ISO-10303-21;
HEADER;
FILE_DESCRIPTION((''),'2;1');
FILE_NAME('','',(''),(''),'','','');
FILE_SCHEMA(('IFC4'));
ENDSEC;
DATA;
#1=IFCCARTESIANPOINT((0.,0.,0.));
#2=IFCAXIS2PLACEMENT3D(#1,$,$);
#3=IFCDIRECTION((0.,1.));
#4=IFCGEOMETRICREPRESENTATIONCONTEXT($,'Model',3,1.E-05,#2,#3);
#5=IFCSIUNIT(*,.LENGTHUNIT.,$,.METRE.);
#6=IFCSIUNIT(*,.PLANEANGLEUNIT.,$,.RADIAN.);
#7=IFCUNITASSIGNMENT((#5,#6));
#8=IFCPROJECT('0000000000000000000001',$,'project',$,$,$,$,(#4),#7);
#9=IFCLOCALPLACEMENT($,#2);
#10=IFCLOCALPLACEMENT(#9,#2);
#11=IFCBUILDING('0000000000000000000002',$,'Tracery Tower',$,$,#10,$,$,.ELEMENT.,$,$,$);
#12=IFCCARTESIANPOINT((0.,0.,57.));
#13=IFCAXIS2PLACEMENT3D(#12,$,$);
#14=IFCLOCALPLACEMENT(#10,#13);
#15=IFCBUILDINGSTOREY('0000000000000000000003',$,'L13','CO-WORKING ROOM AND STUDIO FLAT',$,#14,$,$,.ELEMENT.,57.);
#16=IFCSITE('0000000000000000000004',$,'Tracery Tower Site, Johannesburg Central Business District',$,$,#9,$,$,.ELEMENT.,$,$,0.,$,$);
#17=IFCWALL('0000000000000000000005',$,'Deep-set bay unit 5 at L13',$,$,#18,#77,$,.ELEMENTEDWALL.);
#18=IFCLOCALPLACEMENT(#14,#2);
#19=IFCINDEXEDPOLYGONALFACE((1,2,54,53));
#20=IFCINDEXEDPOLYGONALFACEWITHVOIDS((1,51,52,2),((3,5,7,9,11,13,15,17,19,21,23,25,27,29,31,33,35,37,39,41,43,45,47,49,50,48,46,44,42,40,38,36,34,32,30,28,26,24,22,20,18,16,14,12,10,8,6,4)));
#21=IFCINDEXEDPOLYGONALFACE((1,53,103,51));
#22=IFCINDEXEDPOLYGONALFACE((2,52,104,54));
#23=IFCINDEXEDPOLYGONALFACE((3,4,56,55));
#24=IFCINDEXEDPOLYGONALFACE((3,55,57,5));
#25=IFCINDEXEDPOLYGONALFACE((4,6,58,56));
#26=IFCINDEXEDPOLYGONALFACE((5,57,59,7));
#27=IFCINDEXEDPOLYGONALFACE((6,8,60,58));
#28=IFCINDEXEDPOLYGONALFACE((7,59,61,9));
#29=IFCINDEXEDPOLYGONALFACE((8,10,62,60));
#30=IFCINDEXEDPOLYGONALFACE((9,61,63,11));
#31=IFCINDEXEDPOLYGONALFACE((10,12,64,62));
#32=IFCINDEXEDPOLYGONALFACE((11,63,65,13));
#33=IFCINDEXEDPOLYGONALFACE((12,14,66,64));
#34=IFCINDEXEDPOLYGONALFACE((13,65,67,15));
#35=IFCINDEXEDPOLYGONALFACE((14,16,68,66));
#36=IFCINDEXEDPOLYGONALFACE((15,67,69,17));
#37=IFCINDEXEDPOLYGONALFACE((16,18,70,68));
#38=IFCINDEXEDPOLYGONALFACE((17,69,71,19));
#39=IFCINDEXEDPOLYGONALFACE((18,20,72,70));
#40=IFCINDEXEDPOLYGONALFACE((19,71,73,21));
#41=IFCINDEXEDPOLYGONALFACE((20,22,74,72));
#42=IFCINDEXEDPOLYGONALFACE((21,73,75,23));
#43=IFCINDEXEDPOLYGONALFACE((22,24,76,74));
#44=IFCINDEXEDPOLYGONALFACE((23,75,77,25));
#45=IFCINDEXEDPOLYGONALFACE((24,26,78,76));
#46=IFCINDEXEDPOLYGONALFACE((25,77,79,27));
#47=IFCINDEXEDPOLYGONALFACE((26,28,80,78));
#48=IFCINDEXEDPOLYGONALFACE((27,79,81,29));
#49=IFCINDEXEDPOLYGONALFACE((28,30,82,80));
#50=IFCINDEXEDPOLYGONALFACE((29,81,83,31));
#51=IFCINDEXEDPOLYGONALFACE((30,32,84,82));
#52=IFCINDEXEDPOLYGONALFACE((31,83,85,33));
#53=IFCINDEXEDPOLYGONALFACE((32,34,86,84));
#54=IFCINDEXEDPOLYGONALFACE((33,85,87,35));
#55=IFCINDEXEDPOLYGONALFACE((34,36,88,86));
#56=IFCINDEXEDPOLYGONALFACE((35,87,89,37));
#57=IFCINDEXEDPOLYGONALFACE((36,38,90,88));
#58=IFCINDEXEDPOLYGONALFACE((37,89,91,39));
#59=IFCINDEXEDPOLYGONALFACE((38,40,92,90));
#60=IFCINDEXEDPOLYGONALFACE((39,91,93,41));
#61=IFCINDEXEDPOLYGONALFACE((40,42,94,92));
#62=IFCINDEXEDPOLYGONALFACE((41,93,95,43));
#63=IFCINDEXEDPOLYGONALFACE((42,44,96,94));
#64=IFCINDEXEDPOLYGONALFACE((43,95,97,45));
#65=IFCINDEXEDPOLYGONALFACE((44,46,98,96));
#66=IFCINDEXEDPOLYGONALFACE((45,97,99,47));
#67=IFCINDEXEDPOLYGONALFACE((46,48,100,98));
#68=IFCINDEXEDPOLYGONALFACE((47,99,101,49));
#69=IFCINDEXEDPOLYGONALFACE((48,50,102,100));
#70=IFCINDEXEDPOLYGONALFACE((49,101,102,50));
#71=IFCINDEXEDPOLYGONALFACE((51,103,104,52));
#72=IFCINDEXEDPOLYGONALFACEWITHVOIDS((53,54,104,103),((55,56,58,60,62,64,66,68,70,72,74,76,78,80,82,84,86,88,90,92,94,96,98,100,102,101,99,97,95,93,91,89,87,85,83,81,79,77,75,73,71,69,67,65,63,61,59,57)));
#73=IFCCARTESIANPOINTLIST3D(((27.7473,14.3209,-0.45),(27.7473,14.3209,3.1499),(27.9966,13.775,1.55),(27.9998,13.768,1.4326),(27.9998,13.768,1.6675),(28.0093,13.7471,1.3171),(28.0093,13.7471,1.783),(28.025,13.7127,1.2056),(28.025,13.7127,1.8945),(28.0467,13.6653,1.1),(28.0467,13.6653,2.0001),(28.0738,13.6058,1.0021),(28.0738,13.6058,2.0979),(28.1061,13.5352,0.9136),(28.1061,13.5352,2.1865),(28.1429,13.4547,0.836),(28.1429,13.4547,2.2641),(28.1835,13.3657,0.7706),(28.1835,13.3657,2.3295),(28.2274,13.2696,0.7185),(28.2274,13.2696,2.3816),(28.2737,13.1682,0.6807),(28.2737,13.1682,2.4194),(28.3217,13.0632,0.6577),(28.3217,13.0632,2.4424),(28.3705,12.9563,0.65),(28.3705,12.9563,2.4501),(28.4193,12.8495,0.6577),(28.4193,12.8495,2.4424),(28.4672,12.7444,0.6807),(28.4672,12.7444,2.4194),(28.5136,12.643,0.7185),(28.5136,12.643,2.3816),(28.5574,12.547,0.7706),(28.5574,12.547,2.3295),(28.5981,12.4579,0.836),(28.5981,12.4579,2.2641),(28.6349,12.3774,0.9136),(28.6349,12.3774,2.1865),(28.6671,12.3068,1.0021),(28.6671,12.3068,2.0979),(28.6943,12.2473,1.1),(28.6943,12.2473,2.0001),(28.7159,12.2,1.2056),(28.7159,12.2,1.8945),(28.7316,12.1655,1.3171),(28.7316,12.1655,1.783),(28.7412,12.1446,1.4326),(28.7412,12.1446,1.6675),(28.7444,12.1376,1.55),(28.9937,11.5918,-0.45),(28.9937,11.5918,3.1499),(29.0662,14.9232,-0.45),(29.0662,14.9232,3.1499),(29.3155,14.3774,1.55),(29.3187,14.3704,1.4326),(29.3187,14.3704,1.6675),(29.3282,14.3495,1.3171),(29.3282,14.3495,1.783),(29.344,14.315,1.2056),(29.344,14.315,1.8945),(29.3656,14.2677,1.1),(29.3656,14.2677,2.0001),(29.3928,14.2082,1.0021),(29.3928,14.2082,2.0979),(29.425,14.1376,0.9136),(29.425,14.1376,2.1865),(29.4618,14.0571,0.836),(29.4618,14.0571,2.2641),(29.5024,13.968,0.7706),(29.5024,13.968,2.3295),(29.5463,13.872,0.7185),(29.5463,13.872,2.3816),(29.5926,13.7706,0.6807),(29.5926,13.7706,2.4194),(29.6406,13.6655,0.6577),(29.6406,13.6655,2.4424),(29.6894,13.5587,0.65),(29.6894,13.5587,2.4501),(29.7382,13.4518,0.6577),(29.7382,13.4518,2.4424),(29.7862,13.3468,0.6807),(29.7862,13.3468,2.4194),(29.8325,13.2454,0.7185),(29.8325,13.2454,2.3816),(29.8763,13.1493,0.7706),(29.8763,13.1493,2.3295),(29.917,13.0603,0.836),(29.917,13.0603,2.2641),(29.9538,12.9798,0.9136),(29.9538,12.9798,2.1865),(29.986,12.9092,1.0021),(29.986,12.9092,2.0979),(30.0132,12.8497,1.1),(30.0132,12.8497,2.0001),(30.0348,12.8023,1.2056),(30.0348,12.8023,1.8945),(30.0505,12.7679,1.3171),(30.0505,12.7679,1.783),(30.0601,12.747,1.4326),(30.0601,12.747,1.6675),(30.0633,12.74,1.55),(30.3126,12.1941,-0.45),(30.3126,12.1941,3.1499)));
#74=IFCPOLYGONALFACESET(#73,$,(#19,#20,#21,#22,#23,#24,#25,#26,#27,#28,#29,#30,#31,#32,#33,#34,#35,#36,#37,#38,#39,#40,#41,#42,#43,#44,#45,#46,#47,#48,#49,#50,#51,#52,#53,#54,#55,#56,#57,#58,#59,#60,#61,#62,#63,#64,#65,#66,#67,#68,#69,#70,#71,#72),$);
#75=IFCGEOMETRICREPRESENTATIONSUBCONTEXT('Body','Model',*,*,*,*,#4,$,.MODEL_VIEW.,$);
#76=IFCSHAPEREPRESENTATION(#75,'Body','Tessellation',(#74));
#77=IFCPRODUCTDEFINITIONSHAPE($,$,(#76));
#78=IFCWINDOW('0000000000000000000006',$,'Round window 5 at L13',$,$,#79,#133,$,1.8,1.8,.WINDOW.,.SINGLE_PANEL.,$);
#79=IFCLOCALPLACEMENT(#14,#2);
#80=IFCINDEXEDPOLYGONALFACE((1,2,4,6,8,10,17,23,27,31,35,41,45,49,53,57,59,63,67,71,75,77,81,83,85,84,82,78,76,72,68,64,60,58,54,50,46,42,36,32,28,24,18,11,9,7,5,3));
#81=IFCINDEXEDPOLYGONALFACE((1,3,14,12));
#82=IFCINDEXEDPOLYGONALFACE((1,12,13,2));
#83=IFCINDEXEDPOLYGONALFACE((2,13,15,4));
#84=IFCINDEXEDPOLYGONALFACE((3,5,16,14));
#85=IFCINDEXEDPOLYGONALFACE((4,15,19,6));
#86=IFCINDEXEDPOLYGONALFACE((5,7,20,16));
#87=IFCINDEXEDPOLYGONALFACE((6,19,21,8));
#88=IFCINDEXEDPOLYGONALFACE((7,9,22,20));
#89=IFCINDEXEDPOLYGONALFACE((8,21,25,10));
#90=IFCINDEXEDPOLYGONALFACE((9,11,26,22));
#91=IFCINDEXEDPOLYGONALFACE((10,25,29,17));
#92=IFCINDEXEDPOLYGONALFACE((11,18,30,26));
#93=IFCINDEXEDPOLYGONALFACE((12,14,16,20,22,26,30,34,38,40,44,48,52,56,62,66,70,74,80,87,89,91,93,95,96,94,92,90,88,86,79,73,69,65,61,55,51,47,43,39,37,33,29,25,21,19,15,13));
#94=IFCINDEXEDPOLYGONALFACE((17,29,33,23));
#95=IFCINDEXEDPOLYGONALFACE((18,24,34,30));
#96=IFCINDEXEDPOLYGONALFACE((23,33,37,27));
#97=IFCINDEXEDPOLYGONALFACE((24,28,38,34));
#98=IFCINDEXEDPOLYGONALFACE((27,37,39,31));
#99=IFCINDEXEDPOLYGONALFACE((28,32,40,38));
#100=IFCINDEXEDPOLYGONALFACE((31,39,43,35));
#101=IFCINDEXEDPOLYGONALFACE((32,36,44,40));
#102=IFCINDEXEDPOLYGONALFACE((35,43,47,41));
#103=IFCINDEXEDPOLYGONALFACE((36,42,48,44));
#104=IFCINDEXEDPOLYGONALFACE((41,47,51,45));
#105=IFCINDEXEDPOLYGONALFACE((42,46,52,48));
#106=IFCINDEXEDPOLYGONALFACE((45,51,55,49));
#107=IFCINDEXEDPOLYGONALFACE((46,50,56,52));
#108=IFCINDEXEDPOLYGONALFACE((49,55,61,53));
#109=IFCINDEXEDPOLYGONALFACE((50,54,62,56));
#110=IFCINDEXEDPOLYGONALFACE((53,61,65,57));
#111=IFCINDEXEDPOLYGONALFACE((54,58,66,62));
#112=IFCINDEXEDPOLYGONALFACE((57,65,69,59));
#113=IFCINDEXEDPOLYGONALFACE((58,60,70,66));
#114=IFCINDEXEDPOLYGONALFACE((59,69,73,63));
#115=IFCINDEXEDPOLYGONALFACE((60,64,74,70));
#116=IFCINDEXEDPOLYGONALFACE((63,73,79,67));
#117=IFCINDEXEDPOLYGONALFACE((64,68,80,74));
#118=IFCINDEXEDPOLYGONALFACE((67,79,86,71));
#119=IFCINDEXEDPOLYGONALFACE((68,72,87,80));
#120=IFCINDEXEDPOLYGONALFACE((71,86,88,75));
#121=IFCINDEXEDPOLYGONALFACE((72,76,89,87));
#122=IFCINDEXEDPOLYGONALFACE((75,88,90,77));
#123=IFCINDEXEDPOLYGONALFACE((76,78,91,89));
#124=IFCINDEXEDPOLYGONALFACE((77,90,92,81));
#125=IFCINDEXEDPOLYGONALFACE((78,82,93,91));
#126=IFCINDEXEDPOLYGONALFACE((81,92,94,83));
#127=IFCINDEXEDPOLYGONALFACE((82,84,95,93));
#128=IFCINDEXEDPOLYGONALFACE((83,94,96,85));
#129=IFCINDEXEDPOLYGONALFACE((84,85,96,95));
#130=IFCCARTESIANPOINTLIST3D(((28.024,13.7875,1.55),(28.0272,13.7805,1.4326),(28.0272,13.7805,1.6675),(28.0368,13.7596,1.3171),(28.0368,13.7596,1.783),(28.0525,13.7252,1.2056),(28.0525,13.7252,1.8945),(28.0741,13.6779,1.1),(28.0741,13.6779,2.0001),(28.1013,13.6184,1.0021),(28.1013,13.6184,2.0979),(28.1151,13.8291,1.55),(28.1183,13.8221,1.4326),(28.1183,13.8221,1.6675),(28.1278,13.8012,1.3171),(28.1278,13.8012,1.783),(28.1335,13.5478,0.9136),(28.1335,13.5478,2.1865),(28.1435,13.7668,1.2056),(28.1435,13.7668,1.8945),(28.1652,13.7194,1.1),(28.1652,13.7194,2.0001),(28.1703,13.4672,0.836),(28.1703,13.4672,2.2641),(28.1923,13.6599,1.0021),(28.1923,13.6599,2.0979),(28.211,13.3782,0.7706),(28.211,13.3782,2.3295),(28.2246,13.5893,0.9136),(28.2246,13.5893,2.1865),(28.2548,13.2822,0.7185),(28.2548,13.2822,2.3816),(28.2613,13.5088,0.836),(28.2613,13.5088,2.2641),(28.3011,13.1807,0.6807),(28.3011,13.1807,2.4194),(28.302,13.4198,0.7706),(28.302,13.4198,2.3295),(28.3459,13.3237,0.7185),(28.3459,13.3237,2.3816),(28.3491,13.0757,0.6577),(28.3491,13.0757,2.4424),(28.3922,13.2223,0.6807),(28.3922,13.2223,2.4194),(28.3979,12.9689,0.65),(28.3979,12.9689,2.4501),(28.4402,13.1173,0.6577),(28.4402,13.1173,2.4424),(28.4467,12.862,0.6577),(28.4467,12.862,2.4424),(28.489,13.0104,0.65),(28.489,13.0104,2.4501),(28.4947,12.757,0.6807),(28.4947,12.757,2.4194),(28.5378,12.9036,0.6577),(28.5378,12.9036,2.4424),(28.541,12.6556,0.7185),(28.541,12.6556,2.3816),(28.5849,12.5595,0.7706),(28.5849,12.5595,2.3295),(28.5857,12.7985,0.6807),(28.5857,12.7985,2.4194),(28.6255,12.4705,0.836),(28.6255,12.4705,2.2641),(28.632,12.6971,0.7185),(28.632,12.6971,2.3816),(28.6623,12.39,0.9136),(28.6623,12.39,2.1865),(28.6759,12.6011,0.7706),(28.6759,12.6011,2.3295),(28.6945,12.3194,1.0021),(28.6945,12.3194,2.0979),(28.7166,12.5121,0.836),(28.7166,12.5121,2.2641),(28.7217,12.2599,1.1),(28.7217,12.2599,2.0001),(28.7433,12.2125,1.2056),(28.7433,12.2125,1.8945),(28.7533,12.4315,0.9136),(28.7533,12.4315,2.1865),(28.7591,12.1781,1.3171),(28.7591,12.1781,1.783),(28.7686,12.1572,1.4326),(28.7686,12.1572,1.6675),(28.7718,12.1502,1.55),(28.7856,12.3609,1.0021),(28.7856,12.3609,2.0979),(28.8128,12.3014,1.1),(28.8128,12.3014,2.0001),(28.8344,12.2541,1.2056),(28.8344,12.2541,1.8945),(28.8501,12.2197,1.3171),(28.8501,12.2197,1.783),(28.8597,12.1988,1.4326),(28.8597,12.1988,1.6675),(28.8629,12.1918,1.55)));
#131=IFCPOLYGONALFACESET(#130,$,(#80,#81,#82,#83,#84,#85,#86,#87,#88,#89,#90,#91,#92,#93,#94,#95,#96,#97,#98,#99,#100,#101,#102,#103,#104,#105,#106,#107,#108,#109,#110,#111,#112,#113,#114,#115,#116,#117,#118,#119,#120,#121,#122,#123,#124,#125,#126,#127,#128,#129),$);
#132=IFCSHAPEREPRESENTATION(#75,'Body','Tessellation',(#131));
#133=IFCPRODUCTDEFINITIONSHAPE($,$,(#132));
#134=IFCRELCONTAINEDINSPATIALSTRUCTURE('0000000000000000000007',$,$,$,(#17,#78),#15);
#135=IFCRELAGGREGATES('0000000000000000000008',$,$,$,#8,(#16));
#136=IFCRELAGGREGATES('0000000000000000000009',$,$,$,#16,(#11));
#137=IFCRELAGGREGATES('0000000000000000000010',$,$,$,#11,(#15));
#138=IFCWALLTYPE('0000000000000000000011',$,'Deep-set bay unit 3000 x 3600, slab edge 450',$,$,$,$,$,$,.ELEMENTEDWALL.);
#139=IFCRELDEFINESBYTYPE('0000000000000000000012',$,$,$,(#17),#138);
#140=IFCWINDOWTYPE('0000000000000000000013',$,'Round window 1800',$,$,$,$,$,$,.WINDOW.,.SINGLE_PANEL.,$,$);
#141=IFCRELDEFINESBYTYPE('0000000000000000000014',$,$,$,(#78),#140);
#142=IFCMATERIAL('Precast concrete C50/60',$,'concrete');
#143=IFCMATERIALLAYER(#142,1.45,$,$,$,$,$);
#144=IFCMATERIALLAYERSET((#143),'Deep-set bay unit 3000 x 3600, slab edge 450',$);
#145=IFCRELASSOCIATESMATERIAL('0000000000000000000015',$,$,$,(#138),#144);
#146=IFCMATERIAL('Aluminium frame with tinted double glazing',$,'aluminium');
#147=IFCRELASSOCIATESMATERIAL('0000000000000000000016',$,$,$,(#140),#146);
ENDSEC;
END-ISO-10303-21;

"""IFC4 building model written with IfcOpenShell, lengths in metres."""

from ifc_helpers import new_model, si_unit, direction, frame, frame_2d, origin, origin_2d, place, context, subcontext, project, spatial, rectangle, circle, extrude, material, layer, layer_set, type_object, element, fill, save


model = new_model("IFC4")

# Units and contexts
model_context = context("Model", 3, precision=1e-05, world=origin(), true_north=direction((0.0, 1.0)))
body_context = subcontext(model_context, "Body", "Model", "MODEL_VIEW")
ifc_project = project(units=[si_unit("LENGTHUNIT", "METRE"), si_unit("PLANEANGLEUNIT", "RADIAN")], contexts=[model_context])

# Site, building, storey
site_placement = place(None, origin())
site = spatial("IfcSite", under=ifc_project, at=site_placement, Name="Tracery Tower Site, Johannesburg Central Business District", CompositionType="ELEMENT", RefElevation=0.0)
building_placement = place(site_placement, origin())
building = spatial("IfcBuilding", under=site, at=building_placement, Name="Tracery Tower", CompositionType="ELEMENT")
storey_placement = place(building_placement, frame((0.0, 0.0, 57.0)))
storey = spatial("IfcBuildingStorey", under=building, at=storey_placement, Name="L13", Description="CO-WORKING ROOM AND STUDIO FLAT", CompositionType="ELEMENT", Elevation=57.0)

# Wall, opening, window
ifc_material_1 = material(Name="Precast concrete C50/60", Category="concrete")
ifc_layer_1 = layer(ifc_material_1, 1.45)
ifc_layer_set_1 = layer_set([ifc_layer_1], Name="Deep-set bay unit 3000 x 3600, slab edge 450")
wall_type_1 = type_object("IfcWallType", Name="Deep-set bay unit 3000 x 3600, slab edge 450", PredefinedType="ELEMENTEDWALL", material=ifc_layer_set_1)
ifc_material_2 = material(Name="Aluminium frame with tinted double glazing", Category="aluminium")
window_type = type_object("IfcWindowType", Name="Round window 1800", PartitioningType="SINGLE_PANEL", PredefinedType="WINDOW", material=ifc_material_2)
wall_1_placement = place(storey_placement, frame((29.6531, 11.8931, -0.45), z_axis=(0.0, 0.0, 1.0), x_axis=(-0.415427, 0.909627, 0.0)))
wall_1 = element("IfcWall", 1, at=wall_1_placement, inside=storey, type_object=wall_type_1, Name="Deep-set bay unit 5 at L13", PredefinedType="ELEMENTEDWALL", context=body_context, shape_type="SweptSolid", body=[
    extrude(rectangle(XDim=3.0002, YDim=1.45, at=frame_2d((1.5, 0.0))), origin(), (0.0, 0.0, 1.0), 3.5999),
])
opening_1_placement = place(wall_1_placement, frame((1.5, 0.0, 2.0)))
opening_1 = element("IfcOpeningElement", 2, at=opening_1_placement, cuts=wall_1, PredefinedType="OPENING", context=body_context, shape_type="SweptSolid", body=[
    extrude(circle(Radius=0.9, at=origin_2d()), frame((0.0, 0.7349, 0.0), z_axis=(0.0, -1.0, 0.0), x_axis=(1.0, 0.0, 0.0)), (0.0, 0.0, 1.0), 1.47),
])
window_1_placement = place(opening_1_placement, origin())
window_1 = element("IfcWindow", 3, at=window_1_placement, inside=storey, type_object=window_type, Name="Round window 5 at L13", OverallHeight=1.8, OverallWidth=1.8, PartitioningType="SINGLE_PANEL", PredefinedType="WINDOW", context=body_context, shape_type="SweptSolid", body=[
    extrude(circle(Radius=0.9, at=origin_2d()), frame((0.0, 0.6948, 0.0), z_axis=(0.0, -1.0, 0.0), x_axis=(1.0, 0.0, 0.0)), (0.0, 0.0, 1.0), 0.1001),
])
fill(opening_1, window_1)

save(model, "model.ifc")
